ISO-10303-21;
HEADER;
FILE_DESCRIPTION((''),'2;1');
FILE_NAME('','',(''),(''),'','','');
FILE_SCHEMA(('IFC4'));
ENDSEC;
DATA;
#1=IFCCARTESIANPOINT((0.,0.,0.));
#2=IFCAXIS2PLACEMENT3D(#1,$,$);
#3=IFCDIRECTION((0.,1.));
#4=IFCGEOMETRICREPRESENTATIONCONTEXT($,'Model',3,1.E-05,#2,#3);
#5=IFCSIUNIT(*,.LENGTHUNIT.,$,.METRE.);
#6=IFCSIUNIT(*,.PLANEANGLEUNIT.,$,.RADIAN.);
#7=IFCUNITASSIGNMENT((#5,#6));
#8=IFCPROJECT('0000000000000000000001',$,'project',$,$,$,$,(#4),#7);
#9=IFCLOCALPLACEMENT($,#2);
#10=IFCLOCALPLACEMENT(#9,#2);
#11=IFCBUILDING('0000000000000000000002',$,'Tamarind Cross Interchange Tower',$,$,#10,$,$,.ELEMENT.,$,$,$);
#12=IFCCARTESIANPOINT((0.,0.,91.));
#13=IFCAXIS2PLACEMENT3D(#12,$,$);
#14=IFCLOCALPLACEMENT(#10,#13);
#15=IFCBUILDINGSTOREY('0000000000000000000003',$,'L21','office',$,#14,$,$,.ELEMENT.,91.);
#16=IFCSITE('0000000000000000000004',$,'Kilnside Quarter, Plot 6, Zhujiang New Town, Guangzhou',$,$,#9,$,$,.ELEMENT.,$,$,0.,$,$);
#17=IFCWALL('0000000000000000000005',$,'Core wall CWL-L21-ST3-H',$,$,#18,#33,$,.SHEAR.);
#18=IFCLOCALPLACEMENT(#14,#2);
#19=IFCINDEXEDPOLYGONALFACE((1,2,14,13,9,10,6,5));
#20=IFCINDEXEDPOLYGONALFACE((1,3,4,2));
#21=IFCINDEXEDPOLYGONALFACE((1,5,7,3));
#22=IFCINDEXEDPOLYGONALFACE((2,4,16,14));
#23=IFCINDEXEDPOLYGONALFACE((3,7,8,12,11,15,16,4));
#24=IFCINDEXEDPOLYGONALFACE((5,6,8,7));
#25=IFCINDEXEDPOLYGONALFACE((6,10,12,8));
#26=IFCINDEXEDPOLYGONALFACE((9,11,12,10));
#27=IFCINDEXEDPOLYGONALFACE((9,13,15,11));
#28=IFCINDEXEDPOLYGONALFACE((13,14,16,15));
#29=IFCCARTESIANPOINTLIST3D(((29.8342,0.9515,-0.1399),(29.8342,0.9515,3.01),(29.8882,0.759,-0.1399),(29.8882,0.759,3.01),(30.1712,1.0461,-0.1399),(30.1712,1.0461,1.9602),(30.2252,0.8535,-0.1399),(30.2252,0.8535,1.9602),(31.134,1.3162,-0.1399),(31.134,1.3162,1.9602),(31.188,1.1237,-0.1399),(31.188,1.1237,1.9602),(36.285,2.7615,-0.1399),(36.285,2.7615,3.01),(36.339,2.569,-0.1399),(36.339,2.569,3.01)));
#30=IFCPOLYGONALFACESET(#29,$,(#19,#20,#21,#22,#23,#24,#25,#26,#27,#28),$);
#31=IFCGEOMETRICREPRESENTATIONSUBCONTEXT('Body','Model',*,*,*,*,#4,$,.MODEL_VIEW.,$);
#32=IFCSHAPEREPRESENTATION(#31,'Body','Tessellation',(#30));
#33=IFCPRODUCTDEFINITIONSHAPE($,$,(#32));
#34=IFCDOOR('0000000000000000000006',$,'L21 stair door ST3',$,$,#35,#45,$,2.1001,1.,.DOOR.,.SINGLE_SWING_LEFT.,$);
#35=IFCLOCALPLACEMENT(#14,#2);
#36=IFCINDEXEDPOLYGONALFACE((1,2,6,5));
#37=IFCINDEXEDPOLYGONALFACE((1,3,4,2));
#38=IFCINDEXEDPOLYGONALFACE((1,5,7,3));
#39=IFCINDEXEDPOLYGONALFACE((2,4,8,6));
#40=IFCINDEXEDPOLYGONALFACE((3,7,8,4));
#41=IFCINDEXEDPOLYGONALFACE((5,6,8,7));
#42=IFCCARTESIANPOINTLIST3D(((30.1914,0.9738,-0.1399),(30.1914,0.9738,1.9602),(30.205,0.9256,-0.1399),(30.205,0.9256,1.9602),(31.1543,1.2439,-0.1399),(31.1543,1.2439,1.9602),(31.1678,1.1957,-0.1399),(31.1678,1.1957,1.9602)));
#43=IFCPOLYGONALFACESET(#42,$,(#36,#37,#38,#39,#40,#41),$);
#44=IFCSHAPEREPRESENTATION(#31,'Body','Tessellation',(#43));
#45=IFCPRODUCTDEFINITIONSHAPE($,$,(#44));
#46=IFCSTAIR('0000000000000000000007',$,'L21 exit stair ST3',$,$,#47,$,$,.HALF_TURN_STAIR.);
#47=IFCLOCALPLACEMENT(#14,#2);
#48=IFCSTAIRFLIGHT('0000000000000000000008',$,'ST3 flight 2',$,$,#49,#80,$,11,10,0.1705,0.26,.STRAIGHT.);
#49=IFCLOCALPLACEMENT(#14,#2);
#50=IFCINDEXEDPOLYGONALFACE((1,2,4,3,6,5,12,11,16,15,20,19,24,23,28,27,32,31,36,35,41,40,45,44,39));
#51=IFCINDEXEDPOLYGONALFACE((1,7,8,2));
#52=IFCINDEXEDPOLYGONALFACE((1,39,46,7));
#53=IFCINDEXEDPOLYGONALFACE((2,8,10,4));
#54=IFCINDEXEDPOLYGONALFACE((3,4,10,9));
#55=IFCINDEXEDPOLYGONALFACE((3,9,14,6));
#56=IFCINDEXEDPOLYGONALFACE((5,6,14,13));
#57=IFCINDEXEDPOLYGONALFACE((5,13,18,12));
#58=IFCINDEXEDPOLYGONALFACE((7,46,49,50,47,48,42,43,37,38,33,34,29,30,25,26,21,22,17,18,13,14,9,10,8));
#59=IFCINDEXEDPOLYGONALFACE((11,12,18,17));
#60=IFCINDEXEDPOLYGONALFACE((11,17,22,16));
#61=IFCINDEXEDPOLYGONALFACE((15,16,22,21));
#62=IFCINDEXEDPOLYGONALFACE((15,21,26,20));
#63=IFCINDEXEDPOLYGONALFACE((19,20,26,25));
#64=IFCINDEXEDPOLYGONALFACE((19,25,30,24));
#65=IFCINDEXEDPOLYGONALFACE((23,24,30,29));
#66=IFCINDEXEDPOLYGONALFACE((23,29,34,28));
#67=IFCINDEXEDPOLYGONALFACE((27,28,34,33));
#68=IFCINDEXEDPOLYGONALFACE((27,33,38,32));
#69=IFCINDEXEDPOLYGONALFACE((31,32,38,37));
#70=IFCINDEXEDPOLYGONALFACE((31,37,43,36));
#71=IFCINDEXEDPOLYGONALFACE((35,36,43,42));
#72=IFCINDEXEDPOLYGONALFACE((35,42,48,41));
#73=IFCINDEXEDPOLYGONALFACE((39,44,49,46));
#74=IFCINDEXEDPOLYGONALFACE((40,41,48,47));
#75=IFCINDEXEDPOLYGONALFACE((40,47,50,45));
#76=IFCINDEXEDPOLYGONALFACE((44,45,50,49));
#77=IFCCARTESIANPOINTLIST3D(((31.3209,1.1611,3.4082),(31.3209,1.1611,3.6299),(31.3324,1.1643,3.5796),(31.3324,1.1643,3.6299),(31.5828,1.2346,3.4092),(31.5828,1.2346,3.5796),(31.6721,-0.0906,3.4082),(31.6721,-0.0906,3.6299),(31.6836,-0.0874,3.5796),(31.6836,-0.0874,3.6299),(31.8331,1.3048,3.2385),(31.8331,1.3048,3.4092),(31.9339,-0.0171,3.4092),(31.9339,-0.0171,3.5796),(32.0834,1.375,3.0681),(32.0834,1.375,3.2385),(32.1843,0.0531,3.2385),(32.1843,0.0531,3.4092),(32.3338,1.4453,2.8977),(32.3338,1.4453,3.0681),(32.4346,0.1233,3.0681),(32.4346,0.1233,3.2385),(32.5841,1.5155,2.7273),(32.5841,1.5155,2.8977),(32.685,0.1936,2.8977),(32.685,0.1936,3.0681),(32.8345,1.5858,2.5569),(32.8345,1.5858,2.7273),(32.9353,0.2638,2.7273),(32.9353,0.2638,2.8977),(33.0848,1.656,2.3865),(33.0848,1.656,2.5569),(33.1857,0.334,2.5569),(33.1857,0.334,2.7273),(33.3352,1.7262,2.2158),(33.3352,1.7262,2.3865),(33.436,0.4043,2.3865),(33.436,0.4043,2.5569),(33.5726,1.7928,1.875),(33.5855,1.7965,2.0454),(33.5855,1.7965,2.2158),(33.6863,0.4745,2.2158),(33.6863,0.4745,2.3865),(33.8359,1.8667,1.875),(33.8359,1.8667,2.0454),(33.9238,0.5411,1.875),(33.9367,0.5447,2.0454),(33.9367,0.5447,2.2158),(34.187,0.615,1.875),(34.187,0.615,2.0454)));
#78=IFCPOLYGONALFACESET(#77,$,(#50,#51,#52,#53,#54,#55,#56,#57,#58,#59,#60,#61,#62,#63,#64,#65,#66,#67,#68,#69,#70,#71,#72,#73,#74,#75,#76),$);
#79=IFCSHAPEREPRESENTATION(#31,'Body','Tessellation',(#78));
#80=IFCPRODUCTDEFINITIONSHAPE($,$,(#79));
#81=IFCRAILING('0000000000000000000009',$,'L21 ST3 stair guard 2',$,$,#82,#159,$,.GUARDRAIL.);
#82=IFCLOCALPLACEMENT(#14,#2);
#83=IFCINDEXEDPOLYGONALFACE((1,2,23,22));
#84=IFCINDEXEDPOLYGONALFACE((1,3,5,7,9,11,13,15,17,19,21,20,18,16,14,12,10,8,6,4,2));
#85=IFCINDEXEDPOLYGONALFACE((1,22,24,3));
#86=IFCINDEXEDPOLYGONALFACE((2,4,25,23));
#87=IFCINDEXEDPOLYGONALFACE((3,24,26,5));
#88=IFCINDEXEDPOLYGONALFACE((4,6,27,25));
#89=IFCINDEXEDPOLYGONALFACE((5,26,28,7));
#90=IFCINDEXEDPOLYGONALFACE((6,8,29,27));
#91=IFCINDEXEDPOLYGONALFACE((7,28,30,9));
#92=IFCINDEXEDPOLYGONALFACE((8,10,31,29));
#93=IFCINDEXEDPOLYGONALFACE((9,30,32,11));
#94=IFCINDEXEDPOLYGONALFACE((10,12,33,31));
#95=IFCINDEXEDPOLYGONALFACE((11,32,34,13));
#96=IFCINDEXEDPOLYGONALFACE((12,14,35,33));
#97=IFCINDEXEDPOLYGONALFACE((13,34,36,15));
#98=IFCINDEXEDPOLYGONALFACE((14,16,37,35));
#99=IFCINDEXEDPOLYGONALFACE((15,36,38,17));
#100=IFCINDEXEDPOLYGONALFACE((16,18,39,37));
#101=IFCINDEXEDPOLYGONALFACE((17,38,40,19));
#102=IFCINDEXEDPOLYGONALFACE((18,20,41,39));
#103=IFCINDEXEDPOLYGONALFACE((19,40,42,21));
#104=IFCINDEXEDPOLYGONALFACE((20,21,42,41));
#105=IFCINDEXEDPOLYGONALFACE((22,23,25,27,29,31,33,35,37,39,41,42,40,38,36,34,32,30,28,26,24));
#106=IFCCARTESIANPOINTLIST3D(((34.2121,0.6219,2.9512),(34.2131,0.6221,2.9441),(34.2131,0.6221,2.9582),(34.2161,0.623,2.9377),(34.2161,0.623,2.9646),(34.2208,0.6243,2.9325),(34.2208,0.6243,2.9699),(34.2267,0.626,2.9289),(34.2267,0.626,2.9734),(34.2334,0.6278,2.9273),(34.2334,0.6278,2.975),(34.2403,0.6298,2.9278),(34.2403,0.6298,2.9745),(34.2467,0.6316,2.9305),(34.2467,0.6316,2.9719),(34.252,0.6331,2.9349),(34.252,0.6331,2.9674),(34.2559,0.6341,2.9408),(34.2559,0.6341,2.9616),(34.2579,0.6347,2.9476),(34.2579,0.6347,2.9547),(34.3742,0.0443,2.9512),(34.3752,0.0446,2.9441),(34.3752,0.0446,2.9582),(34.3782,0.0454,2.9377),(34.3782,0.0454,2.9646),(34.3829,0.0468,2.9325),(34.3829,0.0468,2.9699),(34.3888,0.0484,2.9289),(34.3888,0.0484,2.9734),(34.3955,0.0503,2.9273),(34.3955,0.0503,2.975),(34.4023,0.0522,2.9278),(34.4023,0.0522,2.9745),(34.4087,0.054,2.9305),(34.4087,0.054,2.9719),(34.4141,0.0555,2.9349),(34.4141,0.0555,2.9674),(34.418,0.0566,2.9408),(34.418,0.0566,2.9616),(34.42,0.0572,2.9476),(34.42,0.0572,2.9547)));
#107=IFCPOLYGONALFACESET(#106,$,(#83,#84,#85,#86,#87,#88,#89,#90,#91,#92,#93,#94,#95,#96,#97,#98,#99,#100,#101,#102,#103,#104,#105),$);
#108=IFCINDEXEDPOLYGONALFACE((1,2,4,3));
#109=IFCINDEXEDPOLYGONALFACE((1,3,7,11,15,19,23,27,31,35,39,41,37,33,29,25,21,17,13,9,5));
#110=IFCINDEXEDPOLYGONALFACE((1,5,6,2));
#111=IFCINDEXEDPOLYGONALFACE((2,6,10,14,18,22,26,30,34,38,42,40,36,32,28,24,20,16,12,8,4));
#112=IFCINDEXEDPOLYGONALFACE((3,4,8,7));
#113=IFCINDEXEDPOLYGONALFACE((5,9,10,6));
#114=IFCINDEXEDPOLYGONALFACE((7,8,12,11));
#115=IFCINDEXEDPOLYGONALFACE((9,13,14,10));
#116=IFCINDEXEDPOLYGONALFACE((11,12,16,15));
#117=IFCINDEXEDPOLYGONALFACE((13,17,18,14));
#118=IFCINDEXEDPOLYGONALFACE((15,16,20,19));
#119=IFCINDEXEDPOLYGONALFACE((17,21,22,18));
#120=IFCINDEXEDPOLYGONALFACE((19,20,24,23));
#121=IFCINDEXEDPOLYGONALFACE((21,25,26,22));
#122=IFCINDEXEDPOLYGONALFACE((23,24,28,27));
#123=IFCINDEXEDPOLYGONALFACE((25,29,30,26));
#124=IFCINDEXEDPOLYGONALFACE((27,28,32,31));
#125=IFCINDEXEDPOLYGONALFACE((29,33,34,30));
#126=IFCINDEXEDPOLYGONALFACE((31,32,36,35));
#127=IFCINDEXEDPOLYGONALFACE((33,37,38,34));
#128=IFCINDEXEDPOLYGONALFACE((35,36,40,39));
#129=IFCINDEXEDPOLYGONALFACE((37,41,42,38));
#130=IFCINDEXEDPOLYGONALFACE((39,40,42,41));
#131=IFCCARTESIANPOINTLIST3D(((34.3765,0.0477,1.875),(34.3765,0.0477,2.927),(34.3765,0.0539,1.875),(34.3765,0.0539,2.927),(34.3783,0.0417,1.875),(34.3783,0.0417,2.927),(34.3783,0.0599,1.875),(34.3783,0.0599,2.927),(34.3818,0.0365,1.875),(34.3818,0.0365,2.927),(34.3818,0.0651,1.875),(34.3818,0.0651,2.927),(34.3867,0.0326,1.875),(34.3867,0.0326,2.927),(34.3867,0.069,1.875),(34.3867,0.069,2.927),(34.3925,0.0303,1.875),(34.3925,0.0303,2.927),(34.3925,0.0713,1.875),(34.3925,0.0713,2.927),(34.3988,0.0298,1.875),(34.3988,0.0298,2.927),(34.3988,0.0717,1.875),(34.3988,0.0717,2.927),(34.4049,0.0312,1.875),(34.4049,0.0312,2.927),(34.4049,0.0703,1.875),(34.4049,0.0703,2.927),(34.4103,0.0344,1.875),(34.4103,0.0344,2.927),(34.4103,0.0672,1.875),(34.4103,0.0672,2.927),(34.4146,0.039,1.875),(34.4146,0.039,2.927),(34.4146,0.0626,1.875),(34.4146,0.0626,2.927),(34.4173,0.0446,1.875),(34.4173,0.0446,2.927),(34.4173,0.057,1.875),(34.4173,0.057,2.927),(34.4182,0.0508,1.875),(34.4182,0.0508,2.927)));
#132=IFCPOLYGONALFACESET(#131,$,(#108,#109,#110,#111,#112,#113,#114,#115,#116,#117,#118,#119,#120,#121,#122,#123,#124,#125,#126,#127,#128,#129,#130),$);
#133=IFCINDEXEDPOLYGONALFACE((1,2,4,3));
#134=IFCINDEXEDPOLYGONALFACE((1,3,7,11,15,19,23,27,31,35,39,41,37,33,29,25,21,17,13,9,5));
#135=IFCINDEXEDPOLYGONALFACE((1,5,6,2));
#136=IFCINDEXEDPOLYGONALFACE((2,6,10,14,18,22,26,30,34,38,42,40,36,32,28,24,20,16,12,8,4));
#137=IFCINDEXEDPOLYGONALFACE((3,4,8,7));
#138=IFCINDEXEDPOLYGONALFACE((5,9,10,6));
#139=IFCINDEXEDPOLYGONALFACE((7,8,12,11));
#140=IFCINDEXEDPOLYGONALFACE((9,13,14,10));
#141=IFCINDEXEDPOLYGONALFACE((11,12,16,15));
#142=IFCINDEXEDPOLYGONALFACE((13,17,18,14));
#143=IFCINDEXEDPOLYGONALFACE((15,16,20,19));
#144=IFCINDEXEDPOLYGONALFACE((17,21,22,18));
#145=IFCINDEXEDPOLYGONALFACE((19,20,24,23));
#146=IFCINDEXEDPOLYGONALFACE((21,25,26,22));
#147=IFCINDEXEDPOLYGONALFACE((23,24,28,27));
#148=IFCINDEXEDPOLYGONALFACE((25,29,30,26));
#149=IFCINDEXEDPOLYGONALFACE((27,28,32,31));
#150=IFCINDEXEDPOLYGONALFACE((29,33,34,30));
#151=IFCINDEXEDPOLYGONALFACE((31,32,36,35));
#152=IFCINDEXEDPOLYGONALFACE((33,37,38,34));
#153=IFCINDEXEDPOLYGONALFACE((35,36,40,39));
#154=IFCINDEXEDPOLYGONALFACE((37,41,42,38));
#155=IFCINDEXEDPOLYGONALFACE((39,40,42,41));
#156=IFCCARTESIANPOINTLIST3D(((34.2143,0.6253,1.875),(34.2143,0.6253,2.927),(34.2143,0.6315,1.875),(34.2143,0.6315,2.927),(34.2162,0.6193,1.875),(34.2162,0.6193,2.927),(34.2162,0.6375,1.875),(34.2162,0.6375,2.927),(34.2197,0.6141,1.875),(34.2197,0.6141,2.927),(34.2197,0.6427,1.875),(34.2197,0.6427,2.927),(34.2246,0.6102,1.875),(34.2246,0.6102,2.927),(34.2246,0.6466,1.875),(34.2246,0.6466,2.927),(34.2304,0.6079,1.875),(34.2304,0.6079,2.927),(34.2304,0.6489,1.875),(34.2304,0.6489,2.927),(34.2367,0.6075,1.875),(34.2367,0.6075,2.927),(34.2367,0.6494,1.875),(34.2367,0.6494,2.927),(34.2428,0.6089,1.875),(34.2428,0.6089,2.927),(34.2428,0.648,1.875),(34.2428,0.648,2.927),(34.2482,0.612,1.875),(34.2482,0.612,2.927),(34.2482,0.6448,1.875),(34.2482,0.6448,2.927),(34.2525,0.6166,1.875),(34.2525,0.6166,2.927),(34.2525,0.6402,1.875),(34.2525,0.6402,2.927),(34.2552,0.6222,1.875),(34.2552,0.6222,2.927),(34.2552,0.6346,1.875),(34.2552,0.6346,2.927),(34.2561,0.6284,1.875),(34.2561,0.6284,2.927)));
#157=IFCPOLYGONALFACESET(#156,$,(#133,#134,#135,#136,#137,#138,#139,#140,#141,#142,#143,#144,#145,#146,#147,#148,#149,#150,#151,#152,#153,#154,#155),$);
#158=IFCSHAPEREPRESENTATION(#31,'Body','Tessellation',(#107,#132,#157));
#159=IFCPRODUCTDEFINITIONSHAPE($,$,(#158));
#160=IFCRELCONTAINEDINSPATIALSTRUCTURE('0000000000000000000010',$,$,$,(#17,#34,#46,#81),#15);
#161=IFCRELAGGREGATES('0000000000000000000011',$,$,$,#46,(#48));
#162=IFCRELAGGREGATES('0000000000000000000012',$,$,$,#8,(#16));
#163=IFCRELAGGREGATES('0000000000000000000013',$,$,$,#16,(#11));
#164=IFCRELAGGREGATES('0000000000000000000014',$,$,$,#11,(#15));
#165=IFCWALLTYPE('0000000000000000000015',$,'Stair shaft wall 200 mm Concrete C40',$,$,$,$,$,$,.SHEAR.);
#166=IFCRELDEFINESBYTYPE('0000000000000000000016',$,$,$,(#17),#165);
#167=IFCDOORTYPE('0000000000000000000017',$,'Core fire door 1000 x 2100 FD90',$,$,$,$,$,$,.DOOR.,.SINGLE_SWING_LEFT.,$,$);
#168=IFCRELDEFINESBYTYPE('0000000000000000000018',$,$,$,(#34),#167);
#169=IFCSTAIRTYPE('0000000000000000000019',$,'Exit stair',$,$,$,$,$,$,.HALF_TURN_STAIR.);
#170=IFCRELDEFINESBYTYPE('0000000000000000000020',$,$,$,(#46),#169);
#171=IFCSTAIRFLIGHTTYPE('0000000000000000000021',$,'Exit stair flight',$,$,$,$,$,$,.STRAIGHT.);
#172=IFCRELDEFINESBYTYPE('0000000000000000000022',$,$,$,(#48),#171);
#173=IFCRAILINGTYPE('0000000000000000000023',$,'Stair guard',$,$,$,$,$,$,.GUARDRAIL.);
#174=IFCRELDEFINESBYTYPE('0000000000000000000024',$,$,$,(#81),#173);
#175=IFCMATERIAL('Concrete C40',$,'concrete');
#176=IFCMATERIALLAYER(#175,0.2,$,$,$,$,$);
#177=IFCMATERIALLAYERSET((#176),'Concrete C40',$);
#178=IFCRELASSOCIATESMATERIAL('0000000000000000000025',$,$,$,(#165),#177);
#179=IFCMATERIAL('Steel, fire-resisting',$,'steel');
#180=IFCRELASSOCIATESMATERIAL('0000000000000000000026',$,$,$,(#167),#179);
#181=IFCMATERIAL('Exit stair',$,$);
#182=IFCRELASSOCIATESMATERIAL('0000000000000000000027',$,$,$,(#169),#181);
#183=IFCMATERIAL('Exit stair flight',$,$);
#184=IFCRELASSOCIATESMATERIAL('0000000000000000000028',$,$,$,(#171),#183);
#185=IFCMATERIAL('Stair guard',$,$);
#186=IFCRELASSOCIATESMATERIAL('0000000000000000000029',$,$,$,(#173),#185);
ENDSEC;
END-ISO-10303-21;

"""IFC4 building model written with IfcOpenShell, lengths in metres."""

from ifc_helpers import new_model, si_unit, direction, frame, frame_2d, origin, origin_2d, place, context, subcontext, project, spatial, polyline, rectangle, circle, outline, extrude, material, layer, layer_set, type_object, element, fill, aggregate, save


model = new_model("IFC4")

# Units and contexts
model_context = context("Model", 3, precision=1e-05, world=origin(), true_north=direction((0.0, 1.0)))
body_context = subcontext(model_context, "Body", "Model", "MODEL_VIEW")
ifc_project = project(units=[si_unit("LENGTHUNIT", "METRE"), si_unit("PLANEANGLEUNIT", "RADIAN")], contexts=[model_context])

# Site, building, storey
site_placement = place(None, origin())
site = spatial("IfcSite", under=ifc_project, at=site_placement, Name="Kilnside Quarter, Plot 6, Zhujiang New Town, Guangzhou", CompositionType="ELEMENT", RefElevation=0.0)
building_placement = place(site_placement, origin())
building = spatial("IfcBuilding", under=site, at=building_placement, Name="Tamarind Cross Interchange Tower", CompositionType="ELEMENT")
storey_placement = place(building_placement, frame((0.0, 0.0, 91.0)))
storey = spatial("IfcBuildingStorey", under=building, at=storey_placement, Name="L21", Description="office", CompositionType="ELEMENT", Elevation=91.0)

# Wall, opening, door
ifc_material_1 = material(Name="Concrete C40", Category="concrete")
ifc_layer_1 = layer(ifc_material_1, 0.2)
ifc_layer_set_1 = layer_set([ifc_layer_1], Name="Concrete C40")
wall_type_1 = type_object("IfcWallType", Name="Stair shaft wall 200 mm Concrete C40", PredefinedType="SHEAR", material=ifc_layer_set_1)
wall_1_placement = place(storey_placement, frame((29.8611, 0.8552, -0.1399), z_axis=(0.0, 0.0, 1.0), x_axis=(0.962817, 0.270156, 0.0)))
wall_1 = element("IfcWall", 1, at=wall_1_placement, inside=storey, type_object=wall_type_1, Name="Core wall CWL-L21-ST3-H", PredefinedType="SHEAR", context=body_context, shape_type="SweptSolid", body=[
    extrude(rectangle(XDim=6.7, YDim=0.2, at=frame_2d((3.3501, 0.0))), origin(), (0.0, 0.0, 1.0), 3.1499),
])
opening_1_placement = place(wall_1_placement, frame((0.3501, 0.0, 0.0)))
opening_1 = element("IfcOpeningElement", 2, at=opening_1_placement, cuts=wall_1, PredefinedType="OPENING", context=body_context, shape_type="SweptSolid", body=[
    extrude(rectangle(XDim=1.0, YDim=2.1001, at=frame_2d((0.5, 1.05))), frame((0.0, 0.1099, 0.0), z_axis=(0.0, -1.0, 0.0), x_axis=(1.0, 0.0, 0.0)), (0.0, 0.0, 1.0), 0.22),
])
ifc_material_2 = material(Name="Steel, fire-resisting", Category="steel")
door_type_1 = type_object("IfcDoorType", Name="Core fire door 1000 x 2100 FD90", OperationType="SINGLE_SWING_LEFT", PredefinedType="DOOR", material=ifc_material_2)
door_1_placement = place(opening_1_placement, origin())
door_1 = element("IfcDoor", 3, at=door_1_placement, inside=storey, type_object=door_type_1, Name="L21 stair door ST3", OperationType="SINGLE_SWING_LEFT", OverallHeight=2.1001, OverallWidth=1.0, PredefinedType="DOOR", context=body_context, shape_type="SweptSolid", body=[
    extrude(rectangle(XDim=1.0, YDim=2.1001, at=frame_2d((0.5, 1.05))), frame((0.0, 0.0249, 0.0), z_axis=(0.0, -1.0, 0.0), x_axis=(1.0, 0.0, 0.0)), (0.0, 0.0, 1.0), 0.05),
])
fill(opening_1, door_1)

# Stair, stair flight
ifc_material_3 = material(Name="Exit stair")
stair_type = type_object("IfcStairType", Name="Exit stair", PredefinedType="HALF_TURN_STAIR", material=ifc_material_3)
stair_placement = place(storey_placement, origin())
stair = element("IfcStair", 4, at=stair_placement, inside=storey, type_object=stair_type, Name="L21 exit stair ST3", PredefinedType="HALF_TURN_STAIR")
ifc_material_4 = material(Name="Exit stair flight")
stair_flight_type = type_object("IfcStairFlightType", Name="Exit stair flight", PredefinedType="STRAIGHT", material=ifc_material_4)
stair_flight_placement = place(storey_placement, frame((34.0115, 1.2407, 1.875), z_axis=(0.0, 0.0, 1.0), x_axis=(-0.962824, -0.27013, 0.0)))
stair_flight = element("IfcStairFlight", 5, at=stair_flight_placement, type_object=stair_flight_type, Name="ST3 flight 2", NumberOfRisers=11, NumberOfTreads=10, PredefinedType="STRAIGHT", RiserHeight=0.1705, TreadLength=0.26, context=body_context, shape_type="SweptSolid", body=[
    extrude(outline(polyline([(0.0, 0.0), (0.0, 0.1704), (0.26, 0.1704), (0.26, 0.3408), (0.52, 0.3408), (0.52, 0.5115), (0.78, 0.5115), (0.78, 0.6819), (1.04, 0.6819), (1.04, 0.8523), (1.3, 0.8523), (1.3, 1.0227), (1.5601, 1.0227), (1.5601, 1.1931), (1.8201, 1.1931), (1.8201, 1.3635), (2.0801, 1.3635), (2.0801, 1.5342), (2.3401, 1.5342), (2.3401, 1.7046), (2.6001, 1.7046), (2.6001, 1.7549), (2.6121, 1.7549), (2.6121, 1.5332), (0.2734, 0.0), (0.0, 0.0)])), frame((0.0, 0.6499, 0.0), z_axis=(0.0, -1.0, 0.0), x_axis=(1.0, 0.0, 0.0)), (0.0, 0.0, 1.0), 1.3),
])
aggregate(stair, [stair_flight])

# Railing
ifc_material_5 = material(Name="Stair guard")
railing_type_1 = type_object("IfcRailingType", Name="Stair guard", PredefinedType="GUARDRAIL", material=ifc_material_5)
railing_1_placement = place(storey_placement, frame((34.3972, 0.0508, 1.875)))
element("IfcRailing", 6, at=railing_1_placement, inside=storey, type_object=railing_type_1, Name="L21 ST3 stair guard 2", PredefinedType="GUARDRAIL", context=body_context, shape_type="SweptSolid", body=[
    extrude(circle(Radius=0.0239, at=origin_2d()), frame((0.0, 0.0, 1.0762), z_axis=(-0.270203, 0.962803, 0.0), x_axis=(-0.962803, -0.270203, 0.0)), (0.0, 0.0, 1.0), 0.5999),
    extrude(circle(Radius=0.021, at=origin_2d()), origin(), (0.0, 0.0, 1.0), 1.052),
    extrude(circle(Radius=0.021, at=origin_2d()), frame((-0.1621, 0.5776, 0.0)), (0.0, 0.0, 1.0), 1.052),
])

save(model, "model.ifc")
